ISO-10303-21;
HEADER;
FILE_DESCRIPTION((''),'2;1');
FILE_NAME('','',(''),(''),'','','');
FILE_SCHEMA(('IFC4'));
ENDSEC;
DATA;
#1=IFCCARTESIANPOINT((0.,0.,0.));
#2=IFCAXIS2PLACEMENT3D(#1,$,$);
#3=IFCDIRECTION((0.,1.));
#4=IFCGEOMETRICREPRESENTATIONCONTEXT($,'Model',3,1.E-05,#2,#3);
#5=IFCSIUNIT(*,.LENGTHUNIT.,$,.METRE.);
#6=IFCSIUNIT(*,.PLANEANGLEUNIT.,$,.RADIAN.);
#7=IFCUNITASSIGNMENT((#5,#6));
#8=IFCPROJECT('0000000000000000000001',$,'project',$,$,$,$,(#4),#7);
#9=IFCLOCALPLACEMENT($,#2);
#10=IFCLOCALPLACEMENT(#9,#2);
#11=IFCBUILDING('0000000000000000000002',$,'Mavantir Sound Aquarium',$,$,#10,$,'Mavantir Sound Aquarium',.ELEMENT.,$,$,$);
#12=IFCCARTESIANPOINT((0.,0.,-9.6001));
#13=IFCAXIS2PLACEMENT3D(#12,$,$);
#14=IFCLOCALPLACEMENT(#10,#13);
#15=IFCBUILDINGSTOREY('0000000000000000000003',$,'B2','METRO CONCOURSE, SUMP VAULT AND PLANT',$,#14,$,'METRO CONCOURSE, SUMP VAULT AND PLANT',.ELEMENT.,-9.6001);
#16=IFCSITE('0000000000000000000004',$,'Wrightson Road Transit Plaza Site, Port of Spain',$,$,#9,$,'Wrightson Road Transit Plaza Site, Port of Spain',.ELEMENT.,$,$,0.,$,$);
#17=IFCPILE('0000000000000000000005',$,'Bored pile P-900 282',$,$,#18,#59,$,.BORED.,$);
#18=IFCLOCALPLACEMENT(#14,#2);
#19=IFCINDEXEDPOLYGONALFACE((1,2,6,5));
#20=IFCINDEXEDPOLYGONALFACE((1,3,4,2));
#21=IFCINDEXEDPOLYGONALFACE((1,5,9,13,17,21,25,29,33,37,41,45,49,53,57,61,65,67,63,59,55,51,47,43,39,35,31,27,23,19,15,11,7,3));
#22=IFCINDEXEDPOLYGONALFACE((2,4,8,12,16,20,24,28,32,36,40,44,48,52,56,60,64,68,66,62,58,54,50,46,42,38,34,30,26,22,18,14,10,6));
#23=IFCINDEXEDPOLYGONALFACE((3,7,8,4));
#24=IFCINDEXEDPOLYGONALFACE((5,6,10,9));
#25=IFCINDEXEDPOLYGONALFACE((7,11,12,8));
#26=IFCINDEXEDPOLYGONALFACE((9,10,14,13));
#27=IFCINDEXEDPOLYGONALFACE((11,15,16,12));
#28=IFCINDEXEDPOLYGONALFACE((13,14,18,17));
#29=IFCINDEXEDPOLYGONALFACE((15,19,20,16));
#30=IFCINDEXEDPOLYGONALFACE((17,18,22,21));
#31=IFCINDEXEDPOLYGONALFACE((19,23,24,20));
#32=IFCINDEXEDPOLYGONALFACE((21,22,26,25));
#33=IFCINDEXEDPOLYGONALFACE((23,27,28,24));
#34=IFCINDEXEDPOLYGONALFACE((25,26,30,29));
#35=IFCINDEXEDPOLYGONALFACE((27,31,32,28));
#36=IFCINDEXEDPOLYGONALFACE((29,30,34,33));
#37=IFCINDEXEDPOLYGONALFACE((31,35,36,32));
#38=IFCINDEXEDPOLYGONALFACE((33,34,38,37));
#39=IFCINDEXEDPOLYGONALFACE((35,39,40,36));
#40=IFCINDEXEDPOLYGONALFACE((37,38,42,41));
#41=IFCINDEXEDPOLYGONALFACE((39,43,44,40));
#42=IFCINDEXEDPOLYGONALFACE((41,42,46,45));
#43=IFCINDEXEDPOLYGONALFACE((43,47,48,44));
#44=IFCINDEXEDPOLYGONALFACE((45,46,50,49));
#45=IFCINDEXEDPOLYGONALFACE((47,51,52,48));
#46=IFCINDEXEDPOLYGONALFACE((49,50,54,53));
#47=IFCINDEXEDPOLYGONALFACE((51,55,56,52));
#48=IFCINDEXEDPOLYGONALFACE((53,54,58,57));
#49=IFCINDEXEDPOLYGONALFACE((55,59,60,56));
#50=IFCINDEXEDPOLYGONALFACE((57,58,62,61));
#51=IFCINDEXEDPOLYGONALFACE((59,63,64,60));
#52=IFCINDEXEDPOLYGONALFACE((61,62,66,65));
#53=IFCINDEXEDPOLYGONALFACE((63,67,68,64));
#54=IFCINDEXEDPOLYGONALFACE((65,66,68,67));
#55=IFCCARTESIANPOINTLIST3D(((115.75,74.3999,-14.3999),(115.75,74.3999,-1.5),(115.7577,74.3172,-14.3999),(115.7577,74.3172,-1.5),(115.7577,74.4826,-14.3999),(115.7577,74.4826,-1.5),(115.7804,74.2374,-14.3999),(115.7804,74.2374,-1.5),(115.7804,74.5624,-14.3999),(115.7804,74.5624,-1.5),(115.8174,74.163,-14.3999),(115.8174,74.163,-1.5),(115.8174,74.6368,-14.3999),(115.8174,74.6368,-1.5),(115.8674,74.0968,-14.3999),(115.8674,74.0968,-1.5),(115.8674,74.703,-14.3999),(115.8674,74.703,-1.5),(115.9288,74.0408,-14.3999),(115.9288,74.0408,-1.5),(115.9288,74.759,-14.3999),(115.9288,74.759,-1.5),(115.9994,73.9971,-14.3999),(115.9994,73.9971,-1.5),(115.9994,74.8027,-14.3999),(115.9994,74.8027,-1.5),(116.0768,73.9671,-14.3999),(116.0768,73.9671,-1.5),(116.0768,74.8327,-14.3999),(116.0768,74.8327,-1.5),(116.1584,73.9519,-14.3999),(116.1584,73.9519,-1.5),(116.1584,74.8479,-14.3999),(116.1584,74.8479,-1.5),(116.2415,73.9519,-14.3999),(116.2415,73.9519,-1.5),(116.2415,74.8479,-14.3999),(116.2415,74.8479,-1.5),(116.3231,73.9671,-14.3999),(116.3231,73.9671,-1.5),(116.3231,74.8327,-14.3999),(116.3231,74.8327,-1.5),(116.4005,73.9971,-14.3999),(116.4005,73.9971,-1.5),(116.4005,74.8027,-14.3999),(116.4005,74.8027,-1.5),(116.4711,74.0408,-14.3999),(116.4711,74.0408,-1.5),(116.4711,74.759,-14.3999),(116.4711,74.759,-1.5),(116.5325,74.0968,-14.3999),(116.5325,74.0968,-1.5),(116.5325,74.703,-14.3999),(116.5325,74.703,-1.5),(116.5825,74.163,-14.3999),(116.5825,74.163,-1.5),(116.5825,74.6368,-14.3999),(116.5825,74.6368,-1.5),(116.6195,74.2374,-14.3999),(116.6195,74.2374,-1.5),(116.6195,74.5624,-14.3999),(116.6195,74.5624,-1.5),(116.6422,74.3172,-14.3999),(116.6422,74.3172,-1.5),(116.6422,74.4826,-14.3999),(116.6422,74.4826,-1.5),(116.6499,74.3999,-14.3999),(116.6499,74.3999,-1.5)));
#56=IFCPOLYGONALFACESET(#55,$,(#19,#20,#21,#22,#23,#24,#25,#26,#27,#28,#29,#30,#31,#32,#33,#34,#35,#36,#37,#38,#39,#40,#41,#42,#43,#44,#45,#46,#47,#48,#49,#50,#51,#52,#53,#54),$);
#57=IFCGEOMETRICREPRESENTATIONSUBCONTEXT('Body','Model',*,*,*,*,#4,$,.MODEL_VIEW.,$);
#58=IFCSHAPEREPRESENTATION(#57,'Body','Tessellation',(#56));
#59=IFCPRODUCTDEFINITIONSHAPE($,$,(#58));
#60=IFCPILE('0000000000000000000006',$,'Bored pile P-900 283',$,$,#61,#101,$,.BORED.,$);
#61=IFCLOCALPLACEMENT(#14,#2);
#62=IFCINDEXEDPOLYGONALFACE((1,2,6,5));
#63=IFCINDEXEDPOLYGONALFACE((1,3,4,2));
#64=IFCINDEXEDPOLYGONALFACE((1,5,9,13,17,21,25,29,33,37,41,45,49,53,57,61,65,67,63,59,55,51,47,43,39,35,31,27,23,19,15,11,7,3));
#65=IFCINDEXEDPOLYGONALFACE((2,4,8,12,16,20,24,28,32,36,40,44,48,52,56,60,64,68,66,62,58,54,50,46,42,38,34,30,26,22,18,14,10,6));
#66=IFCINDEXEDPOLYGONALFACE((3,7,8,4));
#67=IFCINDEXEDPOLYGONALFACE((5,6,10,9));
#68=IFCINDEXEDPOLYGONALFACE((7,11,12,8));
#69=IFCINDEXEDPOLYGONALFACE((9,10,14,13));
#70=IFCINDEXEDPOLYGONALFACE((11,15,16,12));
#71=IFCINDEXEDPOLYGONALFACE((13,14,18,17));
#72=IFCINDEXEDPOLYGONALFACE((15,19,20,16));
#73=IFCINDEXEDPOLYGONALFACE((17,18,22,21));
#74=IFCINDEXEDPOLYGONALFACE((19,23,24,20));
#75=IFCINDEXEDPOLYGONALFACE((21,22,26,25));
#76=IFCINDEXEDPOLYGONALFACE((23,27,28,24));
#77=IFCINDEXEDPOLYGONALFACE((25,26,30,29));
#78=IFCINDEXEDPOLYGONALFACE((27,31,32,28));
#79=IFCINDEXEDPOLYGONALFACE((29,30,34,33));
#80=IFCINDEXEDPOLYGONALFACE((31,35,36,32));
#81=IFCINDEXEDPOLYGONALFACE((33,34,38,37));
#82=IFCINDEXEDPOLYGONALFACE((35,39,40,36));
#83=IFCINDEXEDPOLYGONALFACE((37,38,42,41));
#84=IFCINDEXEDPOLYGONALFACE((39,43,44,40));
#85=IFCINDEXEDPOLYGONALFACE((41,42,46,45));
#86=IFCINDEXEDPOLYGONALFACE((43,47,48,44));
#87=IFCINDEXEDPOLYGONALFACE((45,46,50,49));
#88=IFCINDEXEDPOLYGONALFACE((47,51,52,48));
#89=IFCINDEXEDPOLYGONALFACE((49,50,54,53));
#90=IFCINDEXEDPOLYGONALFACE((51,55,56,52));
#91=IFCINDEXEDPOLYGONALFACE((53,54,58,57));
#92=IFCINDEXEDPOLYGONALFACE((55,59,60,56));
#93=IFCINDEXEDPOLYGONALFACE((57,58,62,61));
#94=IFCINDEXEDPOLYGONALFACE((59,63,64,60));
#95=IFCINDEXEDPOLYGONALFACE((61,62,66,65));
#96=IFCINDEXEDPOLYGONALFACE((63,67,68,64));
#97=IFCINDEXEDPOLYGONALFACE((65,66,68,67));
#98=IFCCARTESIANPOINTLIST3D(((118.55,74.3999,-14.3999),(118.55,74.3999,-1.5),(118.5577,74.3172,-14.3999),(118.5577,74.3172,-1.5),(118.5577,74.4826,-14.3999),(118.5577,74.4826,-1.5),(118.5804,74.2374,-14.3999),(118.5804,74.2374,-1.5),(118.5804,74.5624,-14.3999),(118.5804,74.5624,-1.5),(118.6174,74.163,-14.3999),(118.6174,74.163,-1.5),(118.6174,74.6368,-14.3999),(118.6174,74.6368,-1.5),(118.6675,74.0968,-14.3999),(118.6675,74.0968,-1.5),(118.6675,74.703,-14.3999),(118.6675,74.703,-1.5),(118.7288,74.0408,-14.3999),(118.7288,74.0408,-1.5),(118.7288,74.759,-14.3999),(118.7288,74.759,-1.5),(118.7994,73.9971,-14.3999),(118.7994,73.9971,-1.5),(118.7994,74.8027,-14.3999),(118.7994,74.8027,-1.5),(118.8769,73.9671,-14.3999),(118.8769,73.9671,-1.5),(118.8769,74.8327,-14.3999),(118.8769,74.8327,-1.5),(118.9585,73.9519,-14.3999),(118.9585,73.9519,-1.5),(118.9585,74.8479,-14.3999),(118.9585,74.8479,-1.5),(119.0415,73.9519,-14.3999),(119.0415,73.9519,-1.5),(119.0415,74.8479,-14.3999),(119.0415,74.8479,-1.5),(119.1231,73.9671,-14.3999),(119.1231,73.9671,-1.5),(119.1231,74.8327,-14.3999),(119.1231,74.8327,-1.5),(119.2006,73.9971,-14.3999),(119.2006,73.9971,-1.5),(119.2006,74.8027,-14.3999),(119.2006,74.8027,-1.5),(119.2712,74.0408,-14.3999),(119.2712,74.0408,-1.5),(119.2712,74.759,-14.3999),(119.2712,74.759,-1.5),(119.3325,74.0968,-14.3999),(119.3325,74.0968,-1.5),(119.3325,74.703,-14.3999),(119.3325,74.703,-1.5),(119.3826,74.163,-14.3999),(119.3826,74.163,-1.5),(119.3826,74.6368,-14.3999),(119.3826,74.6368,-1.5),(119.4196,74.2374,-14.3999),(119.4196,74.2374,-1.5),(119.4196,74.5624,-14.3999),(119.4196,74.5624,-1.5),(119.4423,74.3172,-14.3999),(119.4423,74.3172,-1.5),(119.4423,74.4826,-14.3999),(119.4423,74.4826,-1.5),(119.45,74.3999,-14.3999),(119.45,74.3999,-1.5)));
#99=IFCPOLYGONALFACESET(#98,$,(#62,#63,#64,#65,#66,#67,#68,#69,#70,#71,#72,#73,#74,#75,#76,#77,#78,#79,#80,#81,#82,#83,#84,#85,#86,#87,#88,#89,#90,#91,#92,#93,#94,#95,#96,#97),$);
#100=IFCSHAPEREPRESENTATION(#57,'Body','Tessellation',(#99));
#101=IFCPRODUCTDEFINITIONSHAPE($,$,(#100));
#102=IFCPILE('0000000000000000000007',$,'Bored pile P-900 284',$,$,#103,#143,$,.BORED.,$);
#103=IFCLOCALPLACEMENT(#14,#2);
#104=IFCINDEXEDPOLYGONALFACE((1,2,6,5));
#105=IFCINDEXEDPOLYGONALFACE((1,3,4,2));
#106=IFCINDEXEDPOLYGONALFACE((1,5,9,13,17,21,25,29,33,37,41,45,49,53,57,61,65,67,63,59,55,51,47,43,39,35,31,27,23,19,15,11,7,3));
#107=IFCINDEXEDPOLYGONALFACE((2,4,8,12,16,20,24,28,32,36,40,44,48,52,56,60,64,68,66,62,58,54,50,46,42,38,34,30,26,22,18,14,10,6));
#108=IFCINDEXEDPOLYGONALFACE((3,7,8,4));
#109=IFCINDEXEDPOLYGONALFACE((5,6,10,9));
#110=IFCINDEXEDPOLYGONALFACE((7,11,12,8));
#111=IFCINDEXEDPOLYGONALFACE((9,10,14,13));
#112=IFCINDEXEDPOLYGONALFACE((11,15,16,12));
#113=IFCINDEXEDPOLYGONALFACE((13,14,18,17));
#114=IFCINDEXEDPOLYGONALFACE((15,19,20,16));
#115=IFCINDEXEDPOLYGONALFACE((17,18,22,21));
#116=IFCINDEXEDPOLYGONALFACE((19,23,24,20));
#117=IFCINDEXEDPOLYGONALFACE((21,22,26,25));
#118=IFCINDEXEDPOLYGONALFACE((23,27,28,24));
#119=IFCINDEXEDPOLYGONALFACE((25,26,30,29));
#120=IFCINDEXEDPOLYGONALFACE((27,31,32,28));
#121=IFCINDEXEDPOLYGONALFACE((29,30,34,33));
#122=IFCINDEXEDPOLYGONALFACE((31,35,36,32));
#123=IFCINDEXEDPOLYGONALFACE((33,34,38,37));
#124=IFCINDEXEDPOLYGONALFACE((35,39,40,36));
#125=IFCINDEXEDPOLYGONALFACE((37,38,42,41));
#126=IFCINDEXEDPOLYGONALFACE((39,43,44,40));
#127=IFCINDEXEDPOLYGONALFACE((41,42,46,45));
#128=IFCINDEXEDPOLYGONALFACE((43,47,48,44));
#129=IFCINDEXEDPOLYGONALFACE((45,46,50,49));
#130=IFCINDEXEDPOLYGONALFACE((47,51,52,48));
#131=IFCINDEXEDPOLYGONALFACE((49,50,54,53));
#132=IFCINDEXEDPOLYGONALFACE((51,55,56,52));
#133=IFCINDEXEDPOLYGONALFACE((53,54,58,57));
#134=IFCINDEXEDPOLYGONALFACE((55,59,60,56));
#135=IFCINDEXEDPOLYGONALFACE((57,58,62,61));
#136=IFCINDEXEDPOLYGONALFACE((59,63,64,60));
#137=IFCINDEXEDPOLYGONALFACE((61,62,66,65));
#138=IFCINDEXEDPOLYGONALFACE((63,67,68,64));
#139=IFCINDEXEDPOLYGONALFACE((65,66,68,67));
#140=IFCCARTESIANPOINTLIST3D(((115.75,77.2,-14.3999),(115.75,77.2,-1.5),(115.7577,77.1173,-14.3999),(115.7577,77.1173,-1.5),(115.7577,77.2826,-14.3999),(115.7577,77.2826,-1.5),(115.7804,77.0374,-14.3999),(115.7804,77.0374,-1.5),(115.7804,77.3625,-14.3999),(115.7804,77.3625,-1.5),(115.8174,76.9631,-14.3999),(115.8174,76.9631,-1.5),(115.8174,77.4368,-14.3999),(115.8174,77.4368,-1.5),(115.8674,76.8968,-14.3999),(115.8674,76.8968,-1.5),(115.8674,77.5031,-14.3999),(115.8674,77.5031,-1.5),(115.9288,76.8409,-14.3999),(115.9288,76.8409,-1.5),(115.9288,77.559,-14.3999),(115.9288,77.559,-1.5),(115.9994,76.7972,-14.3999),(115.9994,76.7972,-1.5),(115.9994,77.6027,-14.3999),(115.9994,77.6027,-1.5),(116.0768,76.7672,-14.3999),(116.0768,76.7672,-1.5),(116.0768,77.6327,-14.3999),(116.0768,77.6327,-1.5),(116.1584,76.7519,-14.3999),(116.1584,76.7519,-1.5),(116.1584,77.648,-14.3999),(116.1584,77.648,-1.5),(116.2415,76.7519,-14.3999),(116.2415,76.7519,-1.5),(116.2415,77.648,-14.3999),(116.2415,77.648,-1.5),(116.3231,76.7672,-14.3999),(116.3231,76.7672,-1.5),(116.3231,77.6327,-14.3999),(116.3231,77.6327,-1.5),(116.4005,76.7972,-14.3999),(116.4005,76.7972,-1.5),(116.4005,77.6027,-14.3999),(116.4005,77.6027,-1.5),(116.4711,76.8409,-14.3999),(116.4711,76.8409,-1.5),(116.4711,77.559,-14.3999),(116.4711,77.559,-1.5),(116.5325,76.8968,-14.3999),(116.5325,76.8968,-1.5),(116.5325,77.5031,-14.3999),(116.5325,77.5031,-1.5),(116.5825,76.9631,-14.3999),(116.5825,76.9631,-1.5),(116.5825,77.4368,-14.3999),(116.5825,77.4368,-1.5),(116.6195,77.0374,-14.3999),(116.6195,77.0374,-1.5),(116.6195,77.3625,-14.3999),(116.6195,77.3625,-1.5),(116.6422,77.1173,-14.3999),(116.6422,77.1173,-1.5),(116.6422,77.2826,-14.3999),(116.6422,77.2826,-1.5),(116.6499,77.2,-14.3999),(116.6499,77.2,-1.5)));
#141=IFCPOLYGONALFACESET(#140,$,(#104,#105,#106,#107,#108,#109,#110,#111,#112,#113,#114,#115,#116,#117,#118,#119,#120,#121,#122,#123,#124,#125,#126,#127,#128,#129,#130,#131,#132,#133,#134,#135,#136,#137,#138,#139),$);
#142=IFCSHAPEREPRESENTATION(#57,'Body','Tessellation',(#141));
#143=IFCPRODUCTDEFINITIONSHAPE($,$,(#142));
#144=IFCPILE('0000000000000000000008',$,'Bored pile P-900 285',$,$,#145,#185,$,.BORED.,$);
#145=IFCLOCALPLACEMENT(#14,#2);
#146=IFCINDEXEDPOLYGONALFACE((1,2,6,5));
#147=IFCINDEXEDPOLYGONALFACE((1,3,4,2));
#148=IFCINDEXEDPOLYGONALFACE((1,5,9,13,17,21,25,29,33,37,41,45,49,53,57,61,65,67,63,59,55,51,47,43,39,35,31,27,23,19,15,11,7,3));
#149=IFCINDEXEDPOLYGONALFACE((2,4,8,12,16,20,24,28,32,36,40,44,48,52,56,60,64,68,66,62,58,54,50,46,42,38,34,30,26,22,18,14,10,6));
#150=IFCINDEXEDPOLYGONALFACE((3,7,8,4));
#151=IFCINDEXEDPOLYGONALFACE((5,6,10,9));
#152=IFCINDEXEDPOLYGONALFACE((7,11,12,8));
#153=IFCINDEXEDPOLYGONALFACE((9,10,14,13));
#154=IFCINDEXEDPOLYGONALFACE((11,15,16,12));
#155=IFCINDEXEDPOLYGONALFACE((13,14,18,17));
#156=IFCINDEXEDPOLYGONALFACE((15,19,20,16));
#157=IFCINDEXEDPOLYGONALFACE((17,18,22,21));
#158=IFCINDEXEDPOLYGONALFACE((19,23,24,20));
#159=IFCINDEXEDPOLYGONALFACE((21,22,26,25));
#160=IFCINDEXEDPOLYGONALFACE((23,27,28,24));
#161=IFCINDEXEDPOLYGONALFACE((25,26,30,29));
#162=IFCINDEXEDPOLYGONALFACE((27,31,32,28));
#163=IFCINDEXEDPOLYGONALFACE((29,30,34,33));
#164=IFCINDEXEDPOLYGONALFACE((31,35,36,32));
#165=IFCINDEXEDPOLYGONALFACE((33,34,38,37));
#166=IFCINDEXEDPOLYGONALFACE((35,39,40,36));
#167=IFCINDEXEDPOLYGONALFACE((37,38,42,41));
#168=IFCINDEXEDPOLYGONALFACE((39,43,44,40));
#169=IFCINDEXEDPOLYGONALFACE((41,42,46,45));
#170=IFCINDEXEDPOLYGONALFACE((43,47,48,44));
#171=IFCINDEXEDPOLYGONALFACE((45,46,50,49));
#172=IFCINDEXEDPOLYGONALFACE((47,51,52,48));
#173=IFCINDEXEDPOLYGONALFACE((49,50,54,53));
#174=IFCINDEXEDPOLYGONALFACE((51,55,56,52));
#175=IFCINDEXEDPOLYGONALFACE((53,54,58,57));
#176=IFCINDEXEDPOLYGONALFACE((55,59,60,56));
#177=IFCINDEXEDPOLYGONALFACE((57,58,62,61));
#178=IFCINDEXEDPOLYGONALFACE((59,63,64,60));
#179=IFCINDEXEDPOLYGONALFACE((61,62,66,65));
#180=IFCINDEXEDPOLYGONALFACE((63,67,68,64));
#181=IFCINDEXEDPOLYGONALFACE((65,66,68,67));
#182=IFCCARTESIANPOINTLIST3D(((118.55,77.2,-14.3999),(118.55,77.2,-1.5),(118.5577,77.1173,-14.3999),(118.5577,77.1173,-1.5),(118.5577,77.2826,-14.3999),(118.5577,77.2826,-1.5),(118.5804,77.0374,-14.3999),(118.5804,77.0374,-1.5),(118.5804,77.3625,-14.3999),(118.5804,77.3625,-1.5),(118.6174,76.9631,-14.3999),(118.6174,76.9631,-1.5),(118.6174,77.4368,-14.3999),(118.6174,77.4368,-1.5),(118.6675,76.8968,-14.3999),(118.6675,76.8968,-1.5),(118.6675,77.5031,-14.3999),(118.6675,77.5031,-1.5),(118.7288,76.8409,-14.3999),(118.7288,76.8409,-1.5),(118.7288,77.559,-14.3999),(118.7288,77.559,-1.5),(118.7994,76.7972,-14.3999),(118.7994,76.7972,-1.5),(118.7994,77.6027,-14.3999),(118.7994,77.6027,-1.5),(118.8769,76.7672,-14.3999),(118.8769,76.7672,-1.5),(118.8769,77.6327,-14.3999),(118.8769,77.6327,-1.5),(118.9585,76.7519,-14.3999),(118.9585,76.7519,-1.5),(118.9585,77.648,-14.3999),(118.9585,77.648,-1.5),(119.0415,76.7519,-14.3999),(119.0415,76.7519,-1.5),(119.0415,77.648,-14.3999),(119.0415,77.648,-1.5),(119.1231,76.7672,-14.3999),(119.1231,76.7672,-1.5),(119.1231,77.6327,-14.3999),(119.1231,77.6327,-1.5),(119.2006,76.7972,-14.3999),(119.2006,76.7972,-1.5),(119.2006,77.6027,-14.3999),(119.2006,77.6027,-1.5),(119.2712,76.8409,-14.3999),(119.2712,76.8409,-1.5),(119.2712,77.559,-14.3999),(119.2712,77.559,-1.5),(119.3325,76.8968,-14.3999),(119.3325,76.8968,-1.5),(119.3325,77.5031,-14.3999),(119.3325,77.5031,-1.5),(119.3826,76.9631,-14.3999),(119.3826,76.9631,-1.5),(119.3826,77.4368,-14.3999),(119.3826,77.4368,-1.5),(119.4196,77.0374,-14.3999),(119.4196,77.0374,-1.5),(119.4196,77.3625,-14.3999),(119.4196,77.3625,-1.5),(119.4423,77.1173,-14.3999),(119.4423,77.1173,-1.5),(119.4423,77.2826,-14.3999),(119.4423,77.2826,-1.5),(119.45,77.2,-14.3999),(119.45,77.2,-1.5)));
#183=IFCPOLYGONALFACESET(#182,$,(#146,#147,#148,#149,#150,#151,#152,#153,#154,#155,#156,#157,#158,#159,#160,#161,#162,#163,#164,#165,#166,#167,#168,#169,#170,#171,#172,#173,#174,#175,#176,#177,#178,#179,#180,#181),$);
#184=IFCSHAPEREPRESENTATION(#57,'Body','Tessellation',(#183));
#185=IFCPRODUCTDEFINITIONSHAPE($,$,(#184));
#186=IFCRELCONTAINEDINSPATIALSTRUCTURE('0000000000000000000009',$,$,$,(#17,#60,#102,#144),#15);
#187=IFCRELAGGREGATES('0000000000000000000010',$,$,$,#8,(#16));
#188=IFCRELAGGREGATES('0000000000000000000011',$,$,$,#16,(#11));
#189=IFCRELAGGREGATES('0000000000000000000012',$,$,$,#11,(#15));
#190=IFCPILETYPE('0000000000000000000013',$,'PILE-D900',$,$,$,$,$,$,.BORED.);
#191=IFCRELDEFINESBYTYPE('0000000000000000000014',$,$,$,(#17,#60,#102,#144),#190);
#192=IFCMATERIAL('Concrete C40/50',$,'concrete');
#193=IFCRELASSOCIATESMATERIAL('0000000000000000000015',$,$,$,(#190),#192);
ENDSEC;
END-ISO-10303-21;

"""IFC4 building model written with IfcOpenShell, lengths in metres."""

from ifc_helpers import new_model, si_unit, direction, frame, origin, origin_2d, place, context, subcontext, project, spatial, circle, extrude, material, material_profile, profile_set, type_object, element, save


model = new_model("IFC4")

# Units and contexts
model_context = context("Model", 3, precision=1e-05, world=origin(), true_north=direction((0.0, 1.0)))
body_context = subcontext(model_context, "Body", "Model", "MODEL_VIEW")
ifc_project = project(units=[si_unit("LENGTHUNIT", "METRE"), si_unit("PLANEANGLEUNIT", "RADIAN")], contexts=[model_context])

# Site, building, storey
site_placement = place(None, origin())
site = spatial("IfcSite", under=ifc_project, at=site_placement, Name="Wrightson Road Transit Plaza Site, Port of Spain", LongName="Wrightson Road Transit Plaza Site, Port of Spain", CompositionType="ELEMENT", RefElevation=0.0)
building_placement = place(site_placement, origin())
building = spatial("IfcBuilding", under=site, at=building_placement, Name="Mavantir Sound Aquarium", LongName="Mavantir Sound Aquarium", CompositionType="ELEMENT")
storey_placement = place(building_placement, frame((0.0, 0.0, -9.6001)))
storey = spatial("IfcBuildingStorey", under=building, at=storey_placement, Name="B2", Description="METRO CONCOURSE, SUMP VAULT AND PLANT", LongName="METRO CONCOURSE, SUMP VAULT AND PLANT", CompositionType="ELEMENT", Elevation=-9.6001)

# Shared definitions
ifc_material = material(Name="Concrete C40/50", Category="concrete")

# Piles
ifc_material_profile_1 = material_profile(ifc_material, circle(Radius=0.45, at=origin_2d()), Name="PILE D900")
ifc_profile_set_1 = profile_set([ifc_material_profile_1], Name="Concrete C40/50")
pile_type = type_object("IfcPileType", Name="PILE-D900", PredefinedType="BORED", material=ifc_profile_set_1)
for number, where, z_axis, x_axis, name in (
    (1, (116.2, 74.3999, -1.5), (0.0, 0.0, -1.0), (1.0, 0.0, 0.0), "Bored pile P-900 282"),
    (2, (119.0, 74.3999, -1.5), (0.0, 0.0, -1.0), (1.0, 0.0, 0.0), "Bored pile P-900 283"),
    (3, (116.2, 77.2, -1.5), (0.0, 0.0, -1.0), (1.0, 0.0, 0.0), "Bored pile P-900 284"),
    (4, (119.0, 77.2, -1.5), (0.0, 0.0, -1.0), (1.0, 0.0, 0.0), "Bored pile P-900 285"),
):
    element("IfcPile", number, at=place(storey_placement, frame(where, z_axis=z_axis, x_axis=x_axis)), inside=storey, type_object=pile_type, Name=name, PredefinedType="BORED", context=body_context, shape_type="SweptSolid", body=[
        extrude(circle(Radius=0.45, at=origin_2d()), origin(), (0.0, 0.0, 1.0), 12.8999),
    ])

save(model, "model.ifc")
